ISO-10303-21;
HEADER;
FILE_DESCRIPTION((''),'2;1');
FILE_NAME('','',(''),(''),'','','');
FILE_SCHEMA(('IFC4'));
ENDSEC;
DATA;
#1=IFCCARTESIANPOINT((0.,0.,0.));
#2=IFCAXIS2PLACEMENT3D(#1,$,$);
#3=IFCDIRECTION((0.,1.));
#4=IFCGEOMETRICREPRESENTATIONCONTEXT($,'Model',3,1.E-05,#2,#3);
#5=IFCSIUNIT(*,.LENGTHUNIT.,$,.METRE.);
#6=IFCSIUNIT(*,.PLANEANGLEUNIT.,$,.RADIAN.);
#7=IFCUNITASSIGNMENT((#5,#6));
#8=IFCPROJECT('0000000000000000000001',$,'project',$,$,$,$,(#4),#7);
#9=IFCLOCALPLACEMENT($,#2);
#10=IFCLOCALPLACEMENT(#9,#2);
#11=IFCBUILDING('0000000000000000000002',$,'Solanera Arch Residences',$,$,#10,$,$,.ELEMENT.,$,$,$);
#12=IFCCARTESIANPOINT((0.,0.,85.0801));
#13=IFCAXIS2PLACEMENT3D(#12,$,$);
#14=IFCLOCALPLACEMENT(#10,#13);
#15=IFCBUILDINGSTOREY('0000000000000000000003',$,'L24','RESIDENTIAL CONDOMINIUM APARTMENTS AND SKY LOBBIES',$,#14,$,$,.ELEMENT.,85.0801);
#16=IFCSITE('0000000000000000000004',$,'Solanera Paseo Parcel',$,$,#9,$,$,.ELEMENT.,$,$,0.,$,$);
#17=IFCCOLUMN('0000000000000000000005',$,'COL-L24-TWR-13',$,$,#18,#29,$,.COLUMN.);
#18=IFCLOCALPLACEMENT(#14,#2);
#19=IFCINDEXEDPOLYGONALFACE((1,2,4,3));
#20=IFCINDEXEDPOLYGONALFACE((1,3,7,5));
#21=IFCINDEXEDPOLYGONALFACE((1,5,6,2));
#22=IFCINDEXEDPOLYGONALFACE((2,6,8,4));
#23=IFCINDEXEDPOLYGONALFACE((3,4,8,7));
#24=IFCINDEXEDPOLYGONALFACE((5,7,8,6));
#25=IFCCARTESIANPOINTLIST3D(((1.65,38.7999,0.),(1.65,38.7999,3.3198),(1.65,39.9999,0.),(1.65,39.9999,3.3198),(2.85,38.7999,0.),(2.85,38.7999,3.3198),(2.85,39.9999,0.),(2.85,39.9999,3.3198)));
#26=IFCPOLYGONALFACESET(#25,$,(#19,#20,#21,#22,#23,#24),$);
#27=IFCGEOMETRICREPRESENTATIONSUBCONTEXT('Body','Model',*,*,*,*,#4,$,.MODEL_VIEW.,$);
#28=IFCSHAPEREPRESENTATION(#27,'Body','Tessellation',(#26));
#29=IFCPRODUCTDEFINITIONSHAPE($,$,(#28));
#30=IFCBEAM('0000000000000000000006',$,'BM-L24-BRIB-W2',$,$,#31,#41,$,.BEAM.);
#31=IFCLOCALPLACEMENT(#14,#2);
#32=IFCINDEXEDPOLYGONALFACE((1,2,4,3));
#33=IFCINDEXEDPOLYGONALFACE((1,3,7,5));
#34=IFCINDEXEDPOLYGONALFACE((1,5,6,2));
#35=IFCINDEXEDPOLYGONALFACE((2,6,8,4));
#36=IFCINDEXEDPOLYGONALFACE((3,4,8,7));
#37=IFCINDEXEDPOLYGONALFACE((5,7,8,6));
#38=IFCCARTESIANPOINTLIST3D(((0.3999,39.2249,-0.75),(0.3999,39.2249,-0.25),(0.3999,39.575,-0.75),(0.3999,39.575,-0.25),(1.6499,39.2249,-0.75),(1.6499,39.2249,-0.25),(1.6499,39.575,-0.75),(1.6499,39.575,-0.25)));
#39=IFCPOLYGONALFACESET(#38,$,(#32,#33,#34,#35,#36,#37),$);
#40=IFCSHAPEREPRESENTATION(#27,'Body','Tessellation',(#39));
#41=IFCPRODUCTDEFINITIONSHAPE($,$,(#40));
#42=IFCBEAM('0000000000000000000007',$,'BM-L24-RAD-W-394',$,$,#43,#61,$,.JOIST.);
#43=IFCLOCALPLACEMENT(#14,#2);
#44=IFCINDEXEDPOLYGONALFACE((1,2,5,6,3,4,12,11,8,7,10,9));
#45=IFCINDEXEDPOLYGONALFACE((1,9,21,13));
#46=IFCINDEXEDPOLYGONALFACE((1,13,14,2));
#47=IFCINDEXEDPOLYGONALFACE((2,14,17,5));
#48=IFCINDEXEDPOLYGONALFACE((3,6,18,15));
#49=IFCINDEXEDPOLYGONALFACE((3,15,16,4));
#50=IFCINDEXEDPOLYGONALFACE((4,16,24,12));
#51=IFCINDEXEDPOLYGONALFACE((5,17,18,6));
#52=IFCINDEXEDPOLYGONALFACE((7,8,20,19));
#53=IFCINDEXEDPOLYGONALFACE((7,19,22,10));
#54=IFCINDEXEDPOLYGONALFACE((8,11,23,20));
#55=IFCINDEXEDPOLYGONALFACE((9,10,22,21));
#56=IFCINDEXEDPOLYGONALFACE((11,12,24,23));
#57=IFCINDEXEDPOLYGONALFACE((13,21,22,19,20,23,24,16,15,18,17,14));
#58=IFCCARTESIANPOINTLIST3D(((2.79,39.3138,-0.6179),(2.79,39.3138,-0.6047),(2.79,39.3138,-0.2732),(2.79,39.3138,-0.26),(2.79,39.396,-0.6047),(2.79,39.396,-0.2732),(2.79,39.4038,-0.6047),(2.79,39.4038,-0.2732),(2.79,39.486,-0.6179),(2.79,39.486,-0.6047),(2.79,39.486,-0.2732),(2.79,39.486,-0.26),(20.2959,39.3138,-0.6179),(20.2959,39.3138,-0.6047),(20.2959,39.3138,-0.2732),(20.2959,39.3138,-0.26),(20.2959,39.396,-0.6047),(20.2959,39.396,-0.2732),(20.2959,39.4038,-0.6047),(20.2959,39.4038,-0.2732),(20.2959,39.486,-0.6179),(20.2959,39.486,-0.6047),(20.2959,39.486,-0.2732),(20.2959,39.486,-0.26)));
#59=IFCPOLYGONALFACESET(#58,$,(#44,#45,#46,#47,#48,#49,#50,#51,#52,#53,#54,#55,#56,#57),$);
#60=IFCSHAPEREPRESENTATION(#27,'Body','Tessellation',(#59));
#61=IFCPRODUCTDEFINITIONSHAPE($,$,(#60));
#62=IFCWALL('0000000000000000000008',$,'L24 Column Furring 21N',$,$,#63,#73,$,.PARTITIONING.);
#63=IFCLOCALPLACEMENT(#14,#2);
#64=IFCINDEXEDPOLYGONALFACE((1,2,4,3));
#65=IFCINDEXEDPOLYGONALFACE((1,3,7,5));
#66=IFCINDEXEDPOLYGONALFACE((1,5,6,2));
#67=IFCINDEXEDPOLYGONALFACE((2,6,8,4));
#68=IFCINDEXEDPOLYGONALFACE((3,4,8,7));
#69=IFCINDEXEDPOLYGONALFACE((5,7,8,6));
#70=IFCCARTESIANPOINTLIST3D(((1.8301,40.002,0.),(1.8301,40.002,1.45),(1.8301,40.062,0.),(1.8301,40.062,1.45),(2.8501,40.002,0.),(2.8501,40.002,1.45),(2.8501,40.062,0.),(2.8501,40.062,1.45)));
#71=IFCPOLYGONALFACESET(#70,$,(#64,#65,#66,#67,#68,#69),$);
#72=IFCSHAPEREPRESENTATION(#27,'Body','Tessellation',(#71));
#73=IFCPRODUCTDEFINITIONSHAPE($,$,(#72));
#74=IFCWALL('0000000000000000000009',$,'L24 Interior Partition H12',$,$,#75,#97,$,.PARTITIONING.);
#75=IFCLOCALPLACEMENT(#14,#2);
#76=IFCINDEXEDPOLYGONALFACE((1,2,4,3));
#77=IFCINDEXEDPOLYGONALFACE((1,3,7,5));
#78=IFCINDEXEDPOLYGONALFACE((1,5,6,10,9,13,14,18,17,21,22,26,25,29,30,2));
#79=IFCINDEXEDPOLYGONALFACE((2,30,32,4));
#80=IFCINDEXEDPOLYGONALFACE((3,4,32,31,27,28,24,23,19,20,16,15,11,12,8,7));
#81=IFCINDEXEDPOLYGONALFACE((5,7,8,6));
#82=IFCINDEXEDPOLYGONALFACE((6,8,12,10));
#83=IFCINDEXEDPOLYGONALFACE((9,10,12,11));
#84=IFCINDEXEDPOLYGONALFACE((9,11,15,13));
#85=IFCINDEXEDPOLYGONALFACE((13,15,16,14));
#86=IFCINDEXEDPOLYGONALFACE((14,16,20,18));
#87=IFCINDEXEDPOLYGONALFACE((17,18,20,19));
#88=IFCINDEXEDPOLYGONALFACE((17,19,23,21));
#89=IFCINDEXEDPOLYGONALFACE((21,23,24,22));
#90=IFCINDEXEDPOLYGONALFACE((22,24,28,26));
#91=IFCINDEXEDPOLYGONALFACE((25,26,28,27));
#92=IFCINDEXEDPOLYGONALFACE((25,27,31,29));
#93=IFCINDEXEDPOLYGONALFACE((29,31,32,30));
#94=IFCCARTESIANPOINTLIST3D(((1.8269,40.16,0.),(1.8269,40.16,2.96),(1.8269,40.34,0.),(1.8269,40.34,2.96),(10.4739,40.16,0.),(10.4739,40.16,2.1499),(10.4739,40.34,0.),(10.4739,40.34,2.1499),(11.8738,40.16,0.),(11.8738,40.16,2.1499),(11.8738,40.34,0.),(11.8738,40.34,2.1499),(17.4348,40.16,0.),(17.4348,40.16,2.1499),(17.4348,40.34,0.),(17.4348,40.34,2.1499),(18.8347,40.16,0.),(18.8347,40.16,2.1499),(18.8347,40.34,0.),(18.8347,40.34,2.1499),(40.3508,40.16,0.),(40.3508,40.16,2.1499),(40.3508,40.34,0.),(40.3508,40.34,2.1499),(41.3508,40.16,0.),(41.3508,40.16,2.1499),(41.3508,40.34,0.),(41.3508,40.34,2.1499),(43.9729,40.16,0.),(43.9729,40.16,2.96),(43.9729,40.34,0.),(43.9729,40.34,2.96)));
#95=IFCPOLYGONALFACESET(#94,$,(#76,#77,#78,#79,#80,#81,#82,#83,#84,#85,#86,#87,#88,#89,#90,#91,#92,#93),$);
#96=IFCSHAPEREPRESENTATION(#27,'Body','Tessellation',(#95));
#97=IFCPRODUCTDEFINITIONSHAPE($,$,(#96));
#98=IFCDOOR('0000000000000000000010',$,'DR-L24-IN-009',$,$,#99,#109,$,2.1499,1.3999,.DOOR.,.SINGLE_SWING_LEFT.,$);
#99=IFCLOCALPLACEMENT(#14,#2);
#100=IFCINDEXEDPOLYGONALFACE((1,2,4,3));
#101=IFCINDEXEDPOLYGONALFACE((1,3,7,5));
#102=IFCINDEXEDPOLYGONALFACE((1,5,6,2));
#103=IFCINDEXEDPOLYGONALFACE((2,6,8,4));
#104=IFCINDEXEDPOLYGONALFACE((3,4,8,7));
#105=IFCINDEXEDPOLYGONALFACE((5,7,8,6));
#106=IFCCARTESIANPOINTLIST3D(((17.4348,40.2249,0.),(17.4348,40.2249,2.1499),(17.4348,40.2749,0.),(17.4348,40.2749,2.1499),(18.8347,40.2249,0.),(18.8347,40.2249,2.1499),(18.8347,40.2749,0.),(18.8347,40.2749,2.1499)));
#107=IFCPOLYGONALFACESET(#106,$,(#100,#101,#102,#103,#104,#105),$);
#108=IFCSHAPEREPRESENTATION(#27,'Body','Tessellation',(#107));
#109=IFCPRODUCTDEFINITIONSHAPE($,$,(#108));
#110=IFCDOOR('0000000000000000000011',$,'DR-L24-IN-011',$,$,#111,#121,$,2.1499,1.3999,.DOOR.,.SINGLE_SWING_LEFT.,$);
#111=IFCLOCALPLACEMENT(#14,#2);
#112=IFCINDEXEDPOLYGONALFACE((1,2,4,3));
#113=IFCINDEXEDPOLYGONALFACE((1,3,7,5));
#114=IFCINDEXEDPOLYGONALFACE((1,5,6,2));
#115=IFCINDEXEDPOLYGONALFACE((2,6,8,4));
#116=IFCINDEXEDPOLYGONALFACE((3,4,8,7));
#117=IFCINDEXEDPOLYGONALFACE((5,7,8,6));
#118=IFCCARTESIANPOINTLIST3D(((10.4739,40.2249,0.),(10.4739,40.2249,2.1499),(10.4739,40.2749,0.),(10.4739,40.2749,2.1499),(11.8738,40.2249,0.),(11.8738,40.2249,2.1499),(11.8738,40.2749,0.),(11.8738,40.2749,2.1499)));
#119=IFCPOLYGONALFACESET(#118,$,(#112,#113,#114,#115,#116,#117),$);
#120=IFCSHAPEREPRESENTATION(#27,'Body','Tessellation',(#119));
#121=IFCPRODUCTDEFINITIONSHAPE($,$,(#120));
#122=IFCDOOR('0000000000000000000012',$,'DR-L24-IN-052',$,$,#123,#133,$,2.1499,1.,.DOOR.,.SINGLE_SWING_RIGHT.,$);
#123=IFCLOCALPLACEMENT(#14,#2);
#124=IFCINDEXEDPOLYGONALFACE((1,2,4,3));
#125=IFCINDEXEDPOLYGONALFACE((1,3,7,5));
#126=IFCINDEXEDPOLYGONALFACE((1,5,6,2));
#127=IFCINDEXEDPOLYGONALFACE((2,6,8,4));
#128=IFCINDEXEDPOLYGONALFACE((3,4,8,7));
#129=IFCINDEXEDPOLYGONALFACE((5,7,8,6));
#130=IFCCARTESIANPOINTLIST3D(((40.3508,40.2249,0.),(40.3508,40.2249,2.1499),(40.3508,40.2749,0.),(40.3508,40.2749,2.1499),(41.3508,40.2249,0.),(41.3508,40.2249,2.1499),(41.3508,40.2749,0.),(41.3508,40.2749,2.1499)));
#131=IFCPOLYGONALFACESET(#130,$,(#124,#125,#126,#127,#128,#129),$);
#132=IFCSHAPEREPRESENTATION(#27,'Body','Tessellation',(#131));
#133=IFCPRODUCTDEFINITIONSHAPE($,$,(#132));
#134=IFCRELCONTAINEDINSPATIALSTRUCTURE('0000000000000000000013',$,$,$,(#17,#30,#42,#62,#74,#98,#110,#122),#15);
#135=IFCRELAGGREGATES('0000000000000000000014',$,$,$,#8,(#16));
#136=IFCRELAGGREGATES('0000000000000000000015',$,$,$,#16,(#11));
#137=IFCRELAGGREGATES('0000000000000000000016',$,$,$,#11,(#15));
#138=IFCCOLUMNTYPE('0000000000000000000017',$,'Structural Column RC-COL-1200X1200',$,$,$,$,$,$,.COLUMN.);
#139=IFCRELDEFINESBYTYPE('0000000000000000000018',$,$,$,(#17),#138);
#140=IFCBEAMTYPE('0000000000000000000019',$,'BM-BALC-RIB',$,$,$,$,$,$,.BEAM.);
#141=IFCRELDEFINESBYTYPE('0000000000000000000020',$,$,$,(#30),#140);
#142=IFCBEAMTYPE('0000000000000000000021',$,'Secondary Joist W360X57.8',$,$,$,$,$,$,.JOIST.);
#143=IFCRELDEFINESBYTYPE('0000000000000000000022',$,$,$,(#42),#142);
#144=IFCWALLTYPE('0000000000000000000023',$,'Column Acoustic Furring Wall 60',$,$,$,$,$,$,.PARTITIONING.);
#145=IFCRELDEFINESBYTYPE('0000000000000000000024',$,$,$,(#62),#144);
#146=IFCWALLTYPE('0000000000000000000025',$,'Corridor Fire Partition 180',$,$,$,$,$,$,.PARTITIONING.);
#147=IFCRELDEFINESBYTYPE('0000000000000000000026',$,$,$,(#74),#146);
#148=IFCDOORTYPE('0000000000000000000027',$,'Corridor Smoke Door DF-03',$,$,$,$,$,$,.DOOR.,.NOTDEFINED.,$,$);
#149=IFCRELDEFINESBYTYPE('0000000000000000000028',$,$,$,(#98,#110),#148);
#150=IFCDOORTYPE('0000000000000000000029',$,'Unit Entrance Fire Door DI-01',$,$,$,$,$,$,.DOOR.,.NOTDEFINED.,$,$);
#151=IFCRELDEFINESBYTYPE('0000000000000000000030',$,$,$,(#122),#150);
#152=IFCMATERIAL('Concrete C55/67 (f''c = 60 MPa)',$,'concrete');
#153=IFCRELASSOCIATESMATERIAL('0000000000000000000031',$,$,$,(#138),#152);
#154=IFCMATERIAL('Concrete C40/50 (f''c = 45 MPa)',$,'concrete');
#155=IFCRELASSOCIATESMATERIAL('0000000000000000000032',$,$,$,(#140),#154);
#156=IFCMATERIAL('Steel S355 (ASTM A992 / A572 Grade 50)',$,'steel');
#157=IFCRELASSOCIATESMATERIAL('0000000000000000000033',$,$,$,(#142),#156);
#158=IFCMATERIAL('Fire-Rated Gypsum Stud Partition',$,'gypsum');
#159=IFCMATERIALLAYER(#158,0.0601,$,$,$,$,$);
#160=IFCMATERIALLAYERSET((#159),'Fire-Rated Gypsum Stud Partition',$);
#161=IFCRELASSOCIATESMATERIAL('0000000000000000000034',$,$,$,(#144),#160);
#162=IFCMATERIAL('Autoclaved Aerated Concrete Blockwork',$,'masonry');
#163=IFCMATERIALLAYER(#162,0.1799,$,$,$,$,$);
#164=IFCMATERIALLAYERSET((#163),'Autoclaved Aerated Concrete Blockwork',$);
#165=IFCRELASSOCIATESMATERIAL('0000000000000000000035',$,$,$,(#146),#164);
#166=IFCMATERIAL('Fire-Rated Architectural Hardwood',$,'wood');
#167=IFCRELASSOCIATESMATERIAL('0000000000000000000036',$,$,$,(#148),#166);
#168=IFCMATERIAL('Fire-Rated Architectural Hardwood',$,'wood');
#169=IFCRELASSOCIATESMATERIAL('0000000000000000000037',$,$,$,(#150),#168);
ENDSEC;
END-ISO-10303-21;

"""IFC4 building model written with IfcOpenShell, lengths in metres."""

from ifc_helpers import new_model, si_unit, direction, frame, frame_2d, origin, origin_2d, place, context, subcontext, project, spatial, rectangle, i_section, extrude, material, layer, layer_set, material_profile, profile_set, type_object, element, fill, save


model = new_model("IFC4")

# Units and contexts
model_context = context("Model", 3, precision=1e-05, world=origin(), true_north=direction((0.0, 1.0)))
body_context = subcontext(model_context, "Body", "Model", "MODEL_VIEW")
ifc_project = project(units=[si_unit("LENGTHUNIT", "METRE"), si_unit("PLANEANGLEUNIT", "RADIAN")], contexts=[model_context])

# Site, building, storey
site_placement = place(None, origin())
site = spatial("IfcSite", under=ifc_project, at=site_placement, Name="Solanera Paseo Parcel", CompositionType="ELEMENT", RefElevation=0.0)
building_placement = place(site_placement, origin())
building = spatial("IfcBuilding", under=site, at=building_placement, Name="Solanera Arch Residences", CompositionType="ELEMENT")
storey_placement = place(building_placement, frame((0.0, 0.0, 85.0801)))
storey = spatial("IfcBuildingStorey", under=building, at=storey_placement, Name="L24", Description="RESIDENTIAL CONDOMINIUM APARTMENTS AND SKY LOBBIES", CompositionType="ELEMENT", Elevation=85.0801)

# Column
ifc_material_1 = material(Name="Concrete C55/67 (f'c = 60 MPa)", Category="concrete")
ifc_material_profile_1 = material_profile(ifc_material_1, rectangle(XDim=1.2, YDim=1.2, at=origin_2d()))
ifc_profile_set_1 = profile_set([ifc_material_profile_1], Name="Concrete C55/67 (f'c = 60 MPa)")
column_type = type_object("IfcColumnType", Name="Structural Column RC-COL-1200X1200", PredefinedType="COLUMN", material=ifc_profile_set_1)
column_placement = place(storey_placement, frame((2.25, 39.3999, 0.0), z_axis=(0.0, 0.0, 1.0), x_axis=(1.0, 0.0, 0.0)))
element("IfcColumn", 1, at=column_placement, inside=storey, type_object=column_type, Name="COL-L24-TWR-13", PredefinedType="COLUMN", context=body_context, shape_type="SweptSolid", body=[
    extrude(rectangle(XDim=1.2, YDim=1.2, at=origin_2d()), origin(), (0.0, 0.0, 1.0), 3.3198),
])

# Beams
ifc_material_2 = material(Name="Concrete C40/50 (f'c = 45 MPa)", Category="concrete")
ifc_material_profile_2 = material_profile(ifc_material_2, rectangle(XDim=0.3501, YDim=0.5, at=origin_2d()))
ifc_profile_set_2 = profile_set([ifc_material_profile_2], Name="Concrete C40/50 (f'c = 45 MPa)")
beam_type_1 = type_object("IfcBeamType", Name="BM-BALC-RIB", PredefinedType="BEAM", material=ifc_profile_set_2)
beam_1_placement = place(storey_placement, frame((0.3999, 39.3999, -0.5), z_axis=(1.0, 0.0, 0.0), x_axis=(0.0, 1.0, 0.0)))
element("IfcBeam", 2, at=beam_1_placement, inside=storey, type_object=beam_type_1, Name="BM-L24-BRIB-W2", PredefinedType="BEAM", context=body_context, shape_type="SweptSolid", body=[
    extrude(rectangle(XDim=0.3501, YDim=0.5, at=origin_2d()), origin(), (0.0, 0.0, 1.0), 1.25),
])
ifc_material_3 = material(Name="Steel S355 (ASTM A992 / A572 Grade 50)", Category="steel")
ifc_material_profile_3 = material_profile(ifc_material_3, i_section(OverallWidth=0.1721, OverallDepth=0.3579, WebThickness=0.0078, FlangeThickness=0.0132, at=origin_2d()))
ifc_profile_set_3 = profile_set([ifc_material_profile_3], Name="Steel S355 (ASTM A992 / A572 Grade 50)")
beam_type_2 = type_object("IfcBeamType", Name="Secondary Joist W360X57.8", PredefinedType="JOIST", material=ifc_profile_set_3)
beam_2_placement = place(storey_placement, frame((2.79, 39.3999, -0.439), z_axis=(1.0, 0.0, 0.0), x_axis=(0.0, 1.0, 0.0)))
element("IfcBeam", 3, at=beam_2_placement, inside=storey, type_object=beam_type_2, Name="BM-L24-RAD-W-394", PredefinedType="JOIST", context=body_context, shape_type="SweptSolid", body=[
    extrude(i_section(OverallWidth=0.1721, OverallDepth=0.3579, WebThickness=0.0078, FlangeThickness=0.0132, at=origin_2d()), origin(), (0.0, 0.0, 1.0), 17.5059),
])

# Wall
ifc_material_4 = material(Name="Fire-Rated Gypsum Stud Partition", Category="gypsum")
ifc_layer_1 = layer(ifc_material_4, 0.0601)
ifc_layer_set_1 = layer_set([ifc_layer_1], Name="Fire-Rated Gypsum Stud Partition")
wall_type_1 = type_object("IfcWallType", Name="Column Acoustic Furring Wall 60", PredefinedType="PARTITIONING", material=ifc_layer_set_1)
wall_1_placement = place(storey_placement, frame((1.8301, 40.032, 0.0), z_axis=(0.0, 0.0, 1.0), x_axis=(1.0, 0.0, 0.0)))
element("IfcWall", 4, at=wall_1_placement, inside=storey, type_object=wall_type_1, Name="L24 Column Furring 21N", PredefinedType="PARTITIONING", context=body_context, shape_type="SweptSolid", body=[
    extrude(rectangle(XDim=1.02, YDim=0.0601, at=frame_2d((0.51, 0.0))), origin(), (0.0, 0.0, 1.0), 1.45),
])

# Wall, openings, doors
ifc_material_5 = material(Name="Autoclaved Aerated Concrete Blockwork", Category="masonry")
ifc_layer_2 = layer(ifc_material_5, 0.1799)
ifc_layer_set_2 = layer_set([ifc_layer_2], Name="Autoclaved Aerated Concrete Blockwork")
wall_type_2 = type_object("IfcWallType", Name="Corridor Fire Partition 180", PredefinedType="PARTITIONING", material=ifc_layer_set_2)
wall_2_placement = place(storey_placement, frame((1.8269, 40.25, 0.0), z_axis=(0.0, 0.0, 1.0), x_axis=(1.0, 0.0, 0.0)))
wall_2 = element("IfcWall", 5, at=wall_2_placement, inside=storey, type_object=wall_type_2, Name="L24 Interior Partition H12", PredefinedType="PARTITIONING", context=body_context, shape_type="SweptSolid", body=[
    extrude(rectangle(XDim=42.146, YDim=0.1799, at=frame_2d((21.073, 0.0))), origin(), (0.0, 0.0, 1.0), 2.96),
])
opening_1_placement = place(wall_2_placement, frame((15.6079, 0.0, 0.0)))
opening_1 = element("IfcOpeningElement", 6, at=opening_1_placement, cuts=wall_2, PredefinedType="OPENING", context=body_context, shape_type="SweptSolid", body=[
    extrude(rectangle(XDim=1.3999, YDim=2.1499, at=frame_2d((0.7, 1.075))), frame((0.0, 0.1001, 0.0), z_axis=(0.0, -1.0, 0.0), x_axis=(1.0, 0.0, 0.0)), (0.0, 0.0, 1.0), 0.1999),
])
opening_2_placement = place(wall_2_placement, frame((8.647, 0.0, 0.0)))
opening_2 = element("IfcOpeningElement", 7, at=opening_2_placement, cuts=wall_2, PredefinedType="OPENING", context=body_context, shape_type="SweptSolid", body=[
    extrude(rectangle(XDim=1.3999, YDim=2.1499, at=frame_2d((0.7, 1.075))), frame((0.0, 0.1001, 0.0), z_axis=(0.0, -1.0, 0.0), x_axis=(1.0, 0.0, 0.0)), (0.0, 0.0, 1.0), 0.1999),
])
opening_3_placement = place(wall_2_placement, frame((38.5239, 0.0, 0.0)))
opening_3 = element("IfcOpeningElement", 8, at=opening_3_placement, cuts=wall_2, PredefinedType="OPENING", context=body_context, shape_type="SweptSolid", body=[
    extrude(rectangle(XDim=1.0, YDim=2.1499, at=frame_2d((0.5, 1.075))), frame((0.0, 0.1001, 0.0), z_axis=(0.0, -1.0, 0.0), x_axis=(1.0, 0.0, 0.0)), (0.0, 0.0, 1.0), 0.1999),
])
ifc_material_6 = material(Name="Fire-Rated Architectural Hardwood", Category="wood")
door_type_1 = type_object("IfcDoorType", Name="Corridor Smoke Door DF-03", OperationType="NOTDEFINED", PredefinedType="DOOR", material=ifc_material_6)
door_1_placement = place(opening_1_placement, origin())
door_1 = element("IfcDoor", 9, at=door_1_placement, inside=storey, type_object=door_type_1, Name="DR-L24-IN-009", OperationType="SINGLE_SWING_LEFT", OverallHeight=2.1499, OverallWidth=1.3999, PredefinedType="DOOR", context=body_context, shape_type="SweptSolid", body=[
    extrude(rectangle(XDim=1.3999, YDim=2.1499, at=frame_2d((0.7, 1.075))), frame((0.0, 0.0249, 0.0), z_axis=(0.0, -1.0, 0.0), x_axis=(1.0, 0.0, 0.0)), (0.0, 0.0, 1.0), 0.05),
])
fill(opening_1, door_1)
door_2_placement = place(opening_2_placement, origin())
door_2 = element("IfcDoor", 10, at=door_2_placement, inside=storey, type_object=door_type_1, Name="DR-L24-IN-011", OperationType="SINGLE_SWING_LEFT", OverallHeight=2.1499, OverallWidth=1.3999, PredefinedType="DOOR", context=body_context, shape_type="SweptSolid", body=[
    extrude(rectangle(XDim=1.3999, YDim=2.1499, at=frame_2d((0.7, 1.075))), frame((0.0, 0.0249, 0.0), z_axis=(0.0, -1.0, 0.0), x_axis=(1.0, 0.0, 0.0)), (0.0, 0.0, 1.0), 0.05),
])
fill(opening_2, door_2)
ifc_material_7 = material(Name="Fire-Rated Architectural Hardwood", Category="wood")
door_type_2 = type_object("IfcDoorType", Name="Unit Entrance Fire Door DI-01", OperationType="NOTDEFINED", PredefinedType="DOOR", material=ifc_material_7)
door_3_placement = place(opening_3_placement, origin())
door_3 = element("IfcDoor", 11, at=door_3_placement, inside=storey, type_object=door_type_2, Name="DR-L24-IN-052", OperationType="SINGLE_SWING_RIGHT", OverallHeight=2.1499, OverallWidth=1.0, PredefinedType="DOOR", context=body_context, shape_type="SweptSolid", body=[
    extrude(rectangle(XDim=1.0, YDim=2.1499, at=frame_2d((0.5, 1.075))), frame((0.0, 0.0249, 0.0), z_axis=(0.0, -1.0, 0.0), x_axis=(1.0, 0.0, 0.0)), (0.0, 0.0, 1.0), 0.05),
])
fill(opening_3, door_3)

save(model, "model.ifc")
